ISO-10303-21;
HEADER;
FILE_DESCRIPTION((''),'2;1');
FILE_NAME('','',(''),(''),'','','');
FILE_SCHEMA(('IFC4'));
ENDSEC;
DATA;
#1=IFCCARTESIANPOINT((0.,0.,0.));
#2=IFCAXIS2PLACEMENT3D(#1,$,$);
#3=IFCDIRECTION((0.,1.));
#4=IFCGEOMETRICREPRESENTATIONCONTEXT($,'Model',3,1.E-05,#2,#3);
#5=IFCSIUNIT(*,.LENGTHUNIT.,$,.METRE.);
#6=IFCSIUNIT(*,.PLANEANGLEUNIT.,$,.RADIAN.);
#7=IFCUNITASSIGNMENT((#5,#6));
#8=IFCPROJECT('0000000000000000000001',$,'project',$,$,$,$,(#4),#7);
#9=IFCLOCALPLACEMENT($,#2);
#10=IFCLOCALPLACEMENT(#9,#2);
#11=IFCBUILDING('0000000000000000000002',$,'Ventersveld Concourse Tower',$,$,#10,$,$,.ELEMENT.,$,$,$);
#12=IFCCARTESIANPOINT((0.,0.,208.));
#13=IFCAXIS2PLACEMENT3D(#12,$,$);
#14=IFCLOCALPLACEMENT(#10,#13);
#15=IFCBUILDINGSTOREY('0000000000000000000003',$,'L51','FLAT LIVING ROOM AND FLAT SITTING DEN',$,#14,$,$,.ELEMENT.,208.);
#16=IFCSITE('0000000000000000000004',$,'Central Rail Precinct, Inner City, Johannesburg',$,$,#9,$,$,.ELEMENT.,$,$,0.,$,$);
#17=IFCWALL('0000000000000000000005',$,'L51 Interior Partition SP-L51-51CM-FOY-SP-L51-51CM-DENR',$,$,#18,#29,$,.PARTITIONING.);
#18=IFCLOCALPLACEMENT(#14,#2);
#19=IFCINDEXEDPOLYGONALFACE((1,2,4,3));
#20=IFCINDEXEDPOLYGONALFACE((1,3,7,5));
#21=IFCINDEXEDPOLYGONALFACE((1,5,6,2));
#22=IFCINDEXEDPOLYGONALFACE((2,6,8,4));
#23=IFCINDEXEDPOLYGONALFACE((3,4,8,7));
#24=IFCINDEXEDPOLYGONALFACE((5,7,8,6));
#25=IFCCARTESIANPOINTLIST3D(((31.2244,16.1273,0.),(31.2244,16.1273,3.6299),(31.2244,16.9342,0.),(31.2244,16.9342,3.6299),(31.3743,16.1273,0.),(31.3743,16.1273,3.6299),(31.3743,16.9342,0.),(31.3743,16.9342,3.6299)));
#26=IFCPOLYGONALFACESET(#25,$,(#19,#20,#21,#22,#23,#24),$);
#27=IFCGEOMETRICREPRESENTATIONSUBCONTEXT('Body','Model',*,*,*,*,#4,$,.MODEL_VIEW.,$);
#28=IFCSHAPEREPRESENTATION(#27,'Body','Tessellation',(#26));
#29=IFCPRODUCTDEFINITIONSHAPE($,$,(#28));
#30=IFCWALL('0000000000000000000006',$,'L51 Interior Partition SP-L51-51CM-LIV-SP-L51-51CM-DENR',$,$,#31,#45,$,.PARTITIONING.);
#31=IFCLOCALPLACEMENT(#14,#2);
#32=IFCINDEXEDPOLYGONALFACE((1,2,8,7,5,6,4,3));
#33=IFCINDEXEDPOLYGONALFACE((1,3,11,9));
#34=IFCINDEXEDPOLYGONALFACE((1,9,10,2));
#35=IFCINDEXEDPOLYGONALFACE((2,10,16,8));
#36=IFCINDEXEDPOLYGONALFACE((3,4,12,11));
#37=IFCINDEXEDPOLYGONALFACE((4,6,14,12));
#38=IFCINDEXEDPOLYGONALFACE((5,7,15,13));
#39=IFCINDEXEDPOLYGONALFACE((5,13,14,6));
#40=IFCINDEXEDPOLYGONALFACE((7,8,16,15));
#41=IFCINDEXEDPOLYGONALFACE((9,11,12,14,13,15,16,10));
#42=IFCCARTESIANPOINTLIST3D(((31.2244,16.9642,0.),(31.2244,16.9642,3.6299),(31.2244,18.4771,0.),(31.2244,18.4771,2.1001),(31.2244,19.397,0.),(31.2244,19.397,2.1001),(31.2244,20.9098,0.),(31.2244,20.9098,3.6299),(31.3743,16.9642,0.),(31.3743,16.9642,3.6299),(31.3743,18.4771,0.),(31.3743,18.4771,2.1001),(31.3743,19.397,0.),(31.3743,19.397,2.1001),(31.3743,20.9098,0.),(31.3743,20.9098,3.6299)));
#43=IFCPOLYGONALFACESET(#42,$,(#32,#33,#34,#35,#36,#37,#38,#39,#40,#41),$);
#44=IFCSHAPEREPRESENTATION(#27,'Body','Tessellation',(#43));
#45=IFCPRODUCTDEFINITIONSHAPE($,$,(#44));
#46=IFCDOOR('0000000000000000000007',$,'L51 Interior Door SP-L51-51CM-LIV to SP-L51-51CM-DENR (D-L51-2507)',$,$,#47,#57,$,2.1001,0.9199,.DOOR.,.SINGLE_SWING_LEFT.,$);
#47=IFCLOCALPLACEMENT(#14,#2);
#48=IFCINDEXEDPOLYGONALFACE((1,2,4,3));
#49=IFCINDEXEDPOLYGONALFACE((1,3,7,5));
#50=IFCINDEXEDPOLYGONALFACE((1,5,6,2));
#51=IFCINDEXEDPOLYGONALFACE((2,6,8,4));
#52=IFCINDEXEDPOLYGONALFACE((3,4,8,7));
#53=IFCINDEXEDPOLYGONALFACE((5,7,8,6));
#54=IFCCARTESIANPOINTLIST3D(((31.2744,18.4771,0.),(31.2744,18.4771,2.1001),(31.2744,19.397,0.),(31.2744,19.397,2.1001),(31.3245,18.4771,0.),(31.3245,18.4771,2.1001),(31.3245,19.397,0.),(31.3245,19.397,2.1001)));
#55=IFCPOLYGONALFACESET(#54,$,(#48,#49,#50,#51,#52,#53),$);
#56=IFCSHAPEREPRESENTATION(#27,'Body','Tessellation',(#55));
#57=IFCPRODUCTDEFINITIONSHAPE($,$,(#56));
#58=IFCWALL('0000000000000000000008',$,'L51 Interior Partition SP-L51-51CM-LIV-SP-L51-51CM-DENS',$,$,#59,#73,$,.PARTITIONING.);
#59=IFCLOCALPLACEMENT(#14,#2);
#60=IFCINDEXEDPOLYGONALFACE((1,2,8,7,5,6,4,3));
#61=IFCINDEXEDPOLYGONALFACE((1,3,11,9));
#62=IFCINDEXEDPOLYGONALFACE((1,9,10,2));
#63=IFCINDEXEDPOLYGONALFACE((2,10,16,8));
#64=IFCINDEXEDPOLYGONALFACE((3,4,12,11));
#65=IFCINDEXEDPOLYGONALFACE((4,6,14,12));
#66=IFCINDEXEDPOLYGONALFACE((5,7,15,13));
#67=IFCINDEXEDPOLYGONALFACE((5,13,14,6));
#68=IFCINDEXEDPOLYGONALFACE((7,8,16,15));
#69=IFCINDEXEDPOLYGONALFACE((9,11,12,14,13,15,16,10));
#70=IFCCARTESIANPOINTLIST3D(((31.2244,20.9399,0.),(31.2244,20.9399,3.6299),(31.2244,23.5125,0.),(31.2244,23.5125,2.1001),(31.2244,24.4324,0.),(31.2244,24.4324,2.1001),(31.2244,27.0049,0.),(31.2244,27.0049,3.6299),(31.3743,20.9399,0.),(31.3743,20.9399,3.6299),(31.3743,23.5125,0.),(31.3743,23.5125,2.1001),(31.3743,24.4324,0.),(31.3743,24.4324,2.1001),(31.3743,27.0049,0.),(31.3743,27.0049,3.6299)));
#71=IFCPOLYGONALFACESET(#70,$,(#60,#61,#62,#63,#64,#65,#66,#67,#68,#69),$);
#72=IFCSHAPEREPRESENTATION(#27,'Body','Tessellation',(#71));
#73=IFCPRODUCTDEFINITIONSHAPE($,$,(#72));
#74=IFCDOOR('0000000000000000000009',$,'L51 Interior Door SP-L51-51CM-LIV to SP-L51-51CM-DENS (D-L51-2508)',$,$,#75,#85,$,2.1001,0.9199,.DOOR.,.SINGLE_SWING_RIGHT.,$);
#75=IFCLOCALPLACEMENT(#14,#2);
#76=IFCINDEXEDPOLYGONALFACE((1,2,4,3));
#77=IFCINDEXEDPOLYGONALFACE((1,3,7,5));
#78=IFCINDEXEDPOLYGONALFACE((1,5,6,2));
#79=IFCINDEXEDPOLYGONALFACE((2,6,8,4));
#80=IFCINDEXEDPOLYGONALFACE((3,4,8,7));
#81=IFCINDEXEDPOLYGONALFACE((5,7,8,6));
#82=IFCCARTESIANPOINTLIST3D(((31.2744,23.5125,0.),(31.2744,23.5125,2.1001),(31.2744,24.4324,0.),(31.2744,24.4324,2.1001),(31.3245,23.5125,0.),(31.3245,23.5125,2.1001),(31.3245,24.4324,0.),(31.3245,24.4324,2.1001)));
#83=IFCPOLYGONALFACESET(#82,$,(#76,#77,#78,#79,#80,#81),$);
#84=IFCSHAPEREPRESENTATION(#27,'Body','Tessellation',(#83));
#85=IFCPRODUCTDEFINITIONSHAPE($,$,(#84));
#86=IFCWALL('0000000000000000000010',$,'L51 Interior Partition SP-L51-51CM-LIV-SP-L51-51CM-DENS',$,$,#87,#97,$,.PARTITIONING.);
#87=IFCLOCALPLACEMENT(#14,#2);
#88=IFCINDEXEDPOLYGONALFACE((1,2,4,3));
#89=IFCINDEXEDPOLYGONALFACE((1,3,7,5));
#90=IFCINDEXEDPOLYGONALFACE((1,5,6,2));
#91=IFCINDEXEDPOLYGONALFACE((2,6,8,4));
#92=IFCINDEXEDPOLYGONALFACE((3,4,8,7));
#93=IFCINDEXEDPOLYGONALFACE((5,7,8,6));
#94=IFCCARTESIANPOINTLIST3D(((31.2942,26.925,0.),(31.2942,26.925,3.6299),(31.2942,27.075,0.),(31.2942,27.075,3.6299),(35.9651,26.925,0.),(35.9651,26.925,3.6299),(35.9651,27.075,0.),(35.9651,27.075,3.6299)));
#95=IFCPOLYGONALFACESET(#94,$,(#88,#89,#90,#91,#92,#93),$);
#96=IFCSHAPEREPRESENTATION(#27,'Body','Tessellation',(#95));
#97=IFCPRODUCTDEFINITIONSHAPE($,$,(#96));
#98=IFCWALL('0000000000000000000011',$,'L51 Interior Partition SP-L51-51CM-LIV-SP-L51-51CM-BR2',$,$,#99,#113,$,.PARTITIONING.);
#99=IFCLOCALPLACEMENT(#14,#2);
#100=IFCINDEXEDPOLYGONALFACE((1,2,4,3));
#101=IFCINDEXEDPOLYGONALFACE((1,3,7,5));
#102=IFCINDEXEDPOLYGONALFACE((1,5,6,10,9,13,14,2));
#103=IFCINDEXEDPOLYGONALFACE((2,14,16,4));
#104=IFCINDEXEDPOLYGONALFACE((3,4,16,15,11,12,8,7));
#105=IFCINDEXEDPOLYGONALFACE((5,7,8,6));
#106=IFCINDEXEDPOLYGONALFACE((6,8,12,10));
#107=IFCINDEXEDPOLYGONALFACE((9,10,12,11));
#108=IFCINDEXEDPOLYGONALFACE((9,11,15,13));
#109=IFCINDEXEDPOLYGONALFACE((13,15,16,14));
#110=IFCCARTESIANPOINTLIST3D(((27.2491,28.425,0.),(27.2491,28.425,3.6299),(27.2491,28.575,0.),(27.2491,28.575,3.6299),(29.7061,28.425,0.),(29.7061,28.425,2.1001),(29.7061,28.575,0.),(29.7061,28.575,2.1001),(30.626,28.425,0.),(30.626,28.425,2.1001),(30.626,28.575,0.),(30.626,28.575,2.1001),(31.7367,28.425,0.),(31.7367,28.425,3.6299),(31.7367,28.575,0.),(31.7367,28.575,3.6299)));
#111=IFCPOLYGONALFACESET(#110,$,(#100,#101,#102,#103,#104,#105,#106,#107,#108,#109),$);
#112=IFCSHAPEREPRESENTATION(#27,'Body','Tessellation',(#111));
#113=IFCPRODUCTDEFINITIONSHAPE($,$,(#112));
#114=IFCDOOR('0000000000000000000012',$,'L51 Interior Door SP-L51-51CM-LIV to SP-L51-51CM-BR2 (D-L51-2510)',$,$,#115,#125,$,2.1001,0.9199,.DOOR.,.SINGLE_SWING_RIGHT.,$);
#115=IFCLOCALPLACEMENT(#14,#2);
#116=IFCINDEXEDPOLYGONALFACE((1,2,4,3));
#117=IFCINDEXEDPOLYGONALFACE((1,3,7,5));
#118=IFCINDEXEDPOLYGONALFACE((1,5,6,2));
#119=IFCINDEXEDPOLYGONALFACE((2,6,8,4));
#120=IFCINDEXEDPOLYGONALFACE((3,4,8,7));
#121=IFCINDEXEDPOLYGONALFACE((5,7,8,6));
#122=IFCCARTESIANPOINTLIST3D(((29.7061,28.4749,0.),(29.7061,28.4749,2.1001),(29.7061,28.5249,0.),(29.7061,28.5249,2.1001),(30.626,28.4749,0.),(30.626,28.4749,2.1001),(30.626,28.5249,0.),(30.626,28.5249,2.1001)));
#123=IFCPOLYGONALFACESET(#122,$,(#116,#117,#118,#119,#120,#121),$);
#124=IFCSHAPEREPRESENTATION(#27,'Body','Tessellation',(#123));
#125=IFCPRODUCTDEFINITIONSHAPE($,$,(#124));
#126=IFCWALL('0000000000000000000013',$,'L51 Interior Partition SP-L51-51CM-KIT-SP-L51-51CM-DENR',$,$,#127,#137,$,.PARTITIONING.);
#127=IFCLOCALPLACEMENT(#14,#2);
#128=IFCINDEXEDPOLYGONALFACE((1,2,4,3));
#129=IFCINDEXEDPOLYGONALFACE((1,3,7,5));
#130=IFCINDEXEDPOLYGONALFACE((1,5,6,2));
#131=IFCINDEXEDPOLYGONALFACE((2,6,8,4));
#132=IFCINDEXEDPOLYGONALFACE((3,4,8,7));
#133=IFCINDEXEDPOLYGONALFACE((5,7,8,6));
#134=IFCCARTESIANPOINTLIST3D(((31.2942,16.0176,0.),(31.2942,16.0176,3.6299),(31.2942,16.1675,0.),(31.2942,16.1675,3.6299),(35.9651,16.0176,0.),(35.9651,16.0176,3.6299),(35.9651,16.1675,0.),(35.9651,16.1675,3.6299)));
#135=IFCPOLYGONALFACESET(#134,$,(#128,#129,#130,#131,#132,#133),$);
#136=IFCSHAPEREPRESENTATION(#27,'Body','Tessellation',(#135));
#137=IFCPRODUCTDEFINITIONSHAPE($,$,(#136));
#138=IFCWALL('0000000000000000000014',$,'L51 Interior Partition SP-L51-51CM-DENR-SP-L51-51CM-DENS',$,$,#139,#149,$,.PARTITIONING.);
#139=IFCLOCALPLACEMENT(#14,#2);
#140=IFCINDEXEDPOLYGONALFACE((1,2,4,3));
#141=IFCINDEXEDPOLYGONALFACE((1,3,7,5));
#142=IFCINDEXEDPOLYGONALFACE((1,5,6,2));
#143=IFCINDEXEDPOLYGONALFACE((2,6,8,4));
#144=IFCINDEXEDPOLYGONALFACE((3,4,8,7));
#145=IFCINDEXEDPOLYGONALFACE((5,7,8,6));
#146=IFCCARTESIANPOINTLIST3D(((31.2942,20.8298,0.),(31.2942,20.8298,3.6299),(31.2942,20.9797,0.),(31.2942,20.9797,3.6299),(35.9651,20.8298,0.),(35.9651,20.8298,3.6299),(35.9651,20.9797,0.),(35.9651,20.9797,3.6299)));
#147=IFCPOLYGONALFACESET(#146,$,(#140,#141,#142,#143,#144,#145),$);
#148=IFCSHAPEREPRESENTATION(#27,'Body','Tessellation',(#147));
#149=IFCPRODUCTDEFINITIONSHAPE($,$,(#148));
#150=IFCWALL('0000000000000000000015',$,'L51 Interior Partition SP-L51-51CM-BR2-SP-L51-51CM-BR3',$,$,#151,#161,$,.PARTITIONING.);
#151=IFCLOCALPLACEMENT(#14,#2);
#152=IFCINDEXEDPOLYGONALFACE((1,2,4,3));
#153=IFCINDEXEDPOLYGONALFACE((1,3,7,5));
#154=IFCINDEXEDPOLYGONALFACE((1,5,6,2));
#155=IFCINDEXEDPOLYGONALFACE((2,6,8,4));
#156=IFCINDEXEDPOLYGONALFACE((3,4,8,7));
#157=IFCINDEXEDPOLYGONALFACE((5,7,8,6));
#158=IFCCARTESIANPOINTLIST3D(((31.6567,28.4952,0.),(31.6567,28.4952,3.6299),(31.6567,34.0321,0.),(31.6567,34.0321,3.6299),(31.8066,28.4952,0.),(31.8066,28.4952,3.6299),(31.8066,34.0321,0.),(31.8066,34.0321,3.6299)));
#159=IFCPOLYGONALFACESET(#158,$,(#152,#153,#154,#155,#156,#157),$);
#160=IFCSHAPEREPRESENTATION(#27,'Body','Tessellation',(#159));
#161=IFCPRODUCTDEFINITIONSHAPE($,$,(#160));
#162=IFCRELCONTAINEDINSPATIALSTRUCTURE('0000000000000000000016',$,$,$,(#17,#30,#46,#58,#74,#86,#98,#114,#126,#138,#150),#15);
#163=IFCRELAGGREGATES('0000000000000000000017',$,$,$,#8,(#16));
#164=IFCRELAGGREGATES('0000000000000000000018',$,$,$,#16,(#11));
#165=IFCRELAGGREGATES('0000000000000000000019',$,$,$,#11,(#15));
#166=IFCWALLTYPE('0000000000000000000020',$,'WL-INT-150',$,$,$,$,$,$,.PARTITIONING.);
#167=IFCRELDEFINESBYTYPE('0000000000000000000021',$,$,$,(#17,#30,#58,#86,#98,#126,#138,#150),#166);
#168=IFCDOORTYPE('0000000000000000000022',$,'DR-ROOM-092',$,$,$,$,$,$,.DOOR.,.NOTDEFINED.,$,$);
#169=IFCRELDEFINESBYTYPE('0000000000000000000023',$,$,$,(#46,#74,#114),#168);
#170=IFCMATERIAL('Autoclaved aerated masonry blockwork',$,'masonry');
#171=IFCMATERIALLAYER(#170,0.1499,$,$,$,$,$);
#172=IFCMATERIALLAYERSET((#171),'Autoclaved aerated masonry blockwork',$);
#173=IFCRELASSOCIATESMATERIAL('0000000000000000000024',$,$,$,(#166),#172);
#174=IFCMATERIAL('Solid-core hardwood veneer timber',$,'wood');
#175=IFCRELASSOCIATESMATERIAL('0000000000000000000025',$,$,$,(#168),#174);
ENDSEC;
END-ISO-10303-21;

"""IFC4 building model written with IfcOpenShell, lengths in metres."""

from ifc_helpers import new_model, si_unit, direction, frame, frame_2d, origin, place, context, subcontext, project, spatial, rectangle, extrude, material, layer, layer_set, type_object, element, fill, save


model = new_model("IFC4")

# Units and contexts
model_context = context("Model", 3, precision=1e-05, world=origin(), true_north=direction((0.0, 1.0)))
body_context = subcontext(model_context, "Body", "Model", "MODEL_VIEW")
ifc_project = project(units=[si_unit("LENGTHUNIT", "METRE"), si_unit("PLANEANGLEUNIT", "RADIAN")], contexts=[model_context])

# Site, building, storey
site_placement = place(None, origin())
site = spatial("IfcSite", under=ifc_project, at=site_placement, Name="Central Rail Precinct, Inner City, Johannesburg", CompositionType="ELEMENT", RefElevation=0.0)
building_placement = place(site_placement, origin())
building = spatial("IfcBuilding", under=site, at=building_placement, Name="Ventersveld Concourse Tower", CompositionType="ELEMENT")
storey_placement = place(building_placement, frame((0.0, 0.0, 208.0)))
storey = spatial("IfcBuildingStorey", under=building, at=storey_placement, Name="L51", Description="FLAT LIVING ROOM AND FLAT SITTING DEN", CompositionType="ELEMENT", Elevation=208.0)

# Wall
ifc_material_1 = material(Name="Autoclaved aerated masonry blockwork", Category="masonry")
ifc_layer_1 = layer(ifc_material_1, 0.1499)
ifc_layer_set_1 = layer_set([ifc_layer_1], Name="Autoclaved aerated masonry blockwork")
wall_type_1 = type_object("IfcWallType", Name="WL-INT-150", PredefinedType="PARTITIONING", material=ifc_layer_set_1)
wall_1_placement = place(storey_placement, frame((31.2993, 16.1274, 0.0), z_axis=(0.0, 0.0, 1.0), x_axis=(0.0, 1.0, 0.0)))
element("IfcWall", 1, at=wall_1_placement, inside=storey, type_object=wall_type_1, Name="L51 Interior Partition SP-L51-51CM-FOY-SP-L51-51CM-DENR", PredefinedType="PARTITIONING", context=body_context, shape_type="SweptSolid", body=[
    extrude(rectangle(XDim=0.8069, YDim=0.1499, at=frame_2d((0.4033, 0.0))), origin(), (0.0, 0.0, 1.0), 3.6299),
])

# Walls, openings, doors
wall_2_placement = place(storey_placement, frame((31.2993, 16.9644, 0.0), z_axis=(0.0, 0.0, 1.0), x_axis=(0.0, 1.0, 0.0)))
wall_2 = element("IfcWall", 2, at=wall_2_placement, inside=storey, type_object=wall_type_1, Name="L51 Interior Partition SP-L51-51CM-LIV-SP-L51-51CM-DENR", PredefinedType="PARTITIONING", context=body_context, shape_type="SweptSolid", body=[
    extrude(rectangle(XDim=3.9456, YDim=0.1499, at=frame_2d((1.9727, 0.0))), origin(), (0.0, 0.0, 1.0), 3.6299),
])
opening_1_placement = place(wall_2_placement, frame((1.5127, 0.0, 0.0)))
opening_1 = element("IfcOpeningElement", 3, at=opening_1_placement, cuts=wall_2, PredefinedType="OPENING", context=body_context, shape_type="SweptSolid", body=[
    extrude(rectangle(XDim=0.9199, YDim=2.1001, at=frame_2d((0.46, 1.05))), frame((0.0, 0.085, 0.0), z_axis=(0.0, -1.0, 0.0), x_axis=(1.0, 0.0, 0.0)), (0.0, 0.0, 1.0), 0.1699),
])
ifc_material_2 = material(Name="Solid-core hardwood veneer timber", Category="wood")
door_type = type_object("IfcDoorType", Name="DR-ROOM-092", OperationType="NOTDEFINED", PredefinedType="DOOR", material=ifc_material_2)
door_1_placement = place(opening_1_placement, origin())
door_1 = element("IfcDoor", 4, at=door_1_placement, inside=storey, type_object=door_type, Name="L51 Interior Door SP-L51-51CM-LIV to SP-L51-51CM-DENR (D-L51-2507)", OperationType="SINGLE_SWING_LEFT", OverallHeight=2.1001, OverallWidth=0.9199, PredefinedType="DOOR", context=body_context, shape_type="SweptSolid", body=[
    extrude(rectangle(XDim=0.9199, YDim=2.1001, at=frame_2d((0.46, 1.05))), frame((0.0, 0.0249, 0.0), z_axis=(0.0, -1.0, 0.0), x_axis=(1.0, 0.0, 0.0)), (0.0, 0.0, 1.0), 0.05),
])
fill(opening_1, door_1)
wall_3_placement = place(storey_placement, frame((31.2993, 20.9399, 0.0), z_axis=(0.0, 0.0, 1.0), x_axis=(0.0, 1.0, 0.0)))
wall_3 = element("IfcWall", 5, at=wall_3_placement, inside=storey, type_object=wall_type_1, Name="L51 Interior Partition SP-L51-51CM-LIV-SP-L51-51CM-DENS", PredefinedType="PARTITIONING", context=body_context, shape_type="SweptSolid", body=[
    extrude(rectangle(XDim=6.0649, YDim=0.1499, at=frame_2d((3.0325, 0.0))), origin(), (0.0, 0.0, 1.0), 3.6299),
])
opening_2_placement = place(wall_3_placement, frame((2.5725, 0.0, 0.0)))
opening_2 = element("IfcOpeningElement", 6, at=opening_2_placement, cuts=wall_3, PredefinedType="OPENING", context=body_context, shape_type="SweptSolid", body=[
    extrude(rectangle(XDim=0.9199, YDim=2.1001, at=frame_2d((0.46, 1.05))), frame((0.0, 0.085, 0.0), z_axis=(0.0, -1.0, 0.0), x_axis=(1.0, 0.0, 0.0)), (0.0, 0.0, 1.0), 0.1699),
])
door_2_placement = place(opening_2_placement, origin())
door_2 = element("IfcDoor", 7, at=door_2_placement, inside=storey, type_object=door_type, Name="L51 Interior Door SP-L51-51CM-LIV to SP-L51-51CM-DENS (D-L51-2508)", OperationType="SINGLE_SWING_RIGHT", OverallHeight=2.1001, OverallWidth=0.9199, PredefinedType="DOOR", context=body_context, shape_type="SweptSolid", body=[
    extrude(rectangle(XDim=0.9199, YDim=2.1001, at=frame_2d((0.46, 1.05))), frame((0.0, 0.0249, 0.0), z_axis=(0.0, -1.0, 0.0), x_axis=(1.0, 0.0, 0.0)), (0.0, 0.0, 1.0), 0.05),
])
fill(opening_2, door_2)

# Wall
wall_4_placement = place(storey_placement, frame((31.2942, 27.0, 0.0), z_axis=(0.0, 0.0, 1.0), x_axis=(1.0, 0.0, 0.0)))
element("IfcWall", 8, at=wall_4_placement, inside=storey, type_object=wall_type_1, Name="L51 Interior Partition SP-L51-51CM-LIV-SP-L51-51CM-DENS", PredefinedType="PARTITIONING", context=body_context, shape_type="SweptSolid", body=[
    extrude(rectangle(XDim=4.6709, YDim=0.1499, at=frame_2d((2.3354, 0.0))), origin(), (0.0, 0.0, 1.0), 3.6299),
])

# Wall, opening, door
wall_5_placement = place(storey_placement, frame((27.2493, 28.5, 0.0), z_axis=(0.0, 0.0, 1.0), x_axis=(1.0, 0.0, 0.0)))
wall_5 = element("IfcWall", 9, at=wall_5_placement, inside=storey, type_object=wall_type_1, Name="L51 Interior Partition SP-L51-51CM-LIV-SP-L51-51CM-BR2", PredefinedType="PARTITIONING", context=body_context, shape_type="SweptSolid", body=[
    extrude(rectangle(XDim=4.4875, YDim=0.1499, at=frame_2d((2.2437, 0.0))), origin(), (0.0, 0.0, 1.0), 3.6299),
])
opening_3_placement = place(wall_5_placement, frame((2.4568, 0.0, 0.0)))
opening_3 = element("IfcOpeningElement", 10, at=opening_3_placement, cuts=wall_5, PredefinedType="OPENING", context=body_context, shape_type="SweptSolid", body=[
    extrude(rectangle(XDim=0.9199, YDim=2.1001, at=frame_2d((0.46, 1.05))), frame((0.0, 0.085, 0.0), z_axis=(0.0, -1.0, 0.0), x_axis=(1.0, 0.0, 0.0)), (0.0, 0.0, 1.0), 0.1699),
])
door_3_placement = place(opening_3_placement, origin())
door_3 = element("IfcDoor", 11, at=door_3_placement, inside=storey, type_object=door_type, Name="L51 Interior Door SP-L51-51CM-LIV to SP-L51-51CM-BR2 (D-L51-2510)", OperationType="SINGLE_SWING_RIGHT", OverallHeight=2.1001, OverallWidth=0.9199, PredefinedType="DOOR", context=body_context, shape_type="SweptSolid", body=[
    extrude(rectangle(XDim=0.9199, YDim=2.1001, at=frame_2d((0.46, 1.05))), frame((0.0, 0.0249, 0.0), z_axis=(0.0, -1.0, 0.0), x_axis=(1.0, 0.0, 0.0)), (0.0, 0.0, 1.0), 0.05),
])
fill(opening_3, door_3)

# Walls
for number, where, z_axis, x_axis, name in (
    (12, (31.2942, 16.0925, 0.0), (0.0, 0.0, 1.0), (1.0, 0.0, 0.0), "L51 Interior Partition SP-L51-51CM-KIT-SP-L51-51CM-DENR"),
    (13, (31.2942, 20.9048, 0.0), (0.0, 0.0, 1.0), (1.0, 0.0, 0.0), "L51 Interior Partition SP-L51-51CM-DENR-SP-L51-51CM-DENS"),
):
    element("IfcWall", number, at=place(storey_placement, frame(where, z_axis=z_axis, x_axis=x_axis)), inside=storey, type_object=wall_type_1, Name=name, PredefinedType="PARTITIONING", context=body_context, shape_type="SweptSolid", body=[
        extrude(rectangle(XDim=4.6709, YDim=0.1499, at=frame_2d((2.3354, 0.0))), origin(), (0.0, 0.0, 1.0), 3.6299),
    ])
wall_6_placement = place(storey_placement, frame((31.7317, 28.4951, 0.0), z_axis=(0.0, 0.0, 1.0), x_axis=(0.0, 1.0, 0.0)))
element("IfcWall", 14, at=wall_6_placement, inside=storey, type_object=wall_type_1, Name="L51 Interior Partition SP-L51-51CM-BR2-SP-L51-51CM-BR3", PredefinedType="PARTITIONING", context=body_context, shape_type="SweptSolid", body=[
    extrude(rectangle(XDim=5.5369, YDim=0.1499, at=frame_2d((2.7686, 0.0))), origin(), (0.0, 0.0, 1.0), 3.6299),
])

save(model, "model.ifc")
